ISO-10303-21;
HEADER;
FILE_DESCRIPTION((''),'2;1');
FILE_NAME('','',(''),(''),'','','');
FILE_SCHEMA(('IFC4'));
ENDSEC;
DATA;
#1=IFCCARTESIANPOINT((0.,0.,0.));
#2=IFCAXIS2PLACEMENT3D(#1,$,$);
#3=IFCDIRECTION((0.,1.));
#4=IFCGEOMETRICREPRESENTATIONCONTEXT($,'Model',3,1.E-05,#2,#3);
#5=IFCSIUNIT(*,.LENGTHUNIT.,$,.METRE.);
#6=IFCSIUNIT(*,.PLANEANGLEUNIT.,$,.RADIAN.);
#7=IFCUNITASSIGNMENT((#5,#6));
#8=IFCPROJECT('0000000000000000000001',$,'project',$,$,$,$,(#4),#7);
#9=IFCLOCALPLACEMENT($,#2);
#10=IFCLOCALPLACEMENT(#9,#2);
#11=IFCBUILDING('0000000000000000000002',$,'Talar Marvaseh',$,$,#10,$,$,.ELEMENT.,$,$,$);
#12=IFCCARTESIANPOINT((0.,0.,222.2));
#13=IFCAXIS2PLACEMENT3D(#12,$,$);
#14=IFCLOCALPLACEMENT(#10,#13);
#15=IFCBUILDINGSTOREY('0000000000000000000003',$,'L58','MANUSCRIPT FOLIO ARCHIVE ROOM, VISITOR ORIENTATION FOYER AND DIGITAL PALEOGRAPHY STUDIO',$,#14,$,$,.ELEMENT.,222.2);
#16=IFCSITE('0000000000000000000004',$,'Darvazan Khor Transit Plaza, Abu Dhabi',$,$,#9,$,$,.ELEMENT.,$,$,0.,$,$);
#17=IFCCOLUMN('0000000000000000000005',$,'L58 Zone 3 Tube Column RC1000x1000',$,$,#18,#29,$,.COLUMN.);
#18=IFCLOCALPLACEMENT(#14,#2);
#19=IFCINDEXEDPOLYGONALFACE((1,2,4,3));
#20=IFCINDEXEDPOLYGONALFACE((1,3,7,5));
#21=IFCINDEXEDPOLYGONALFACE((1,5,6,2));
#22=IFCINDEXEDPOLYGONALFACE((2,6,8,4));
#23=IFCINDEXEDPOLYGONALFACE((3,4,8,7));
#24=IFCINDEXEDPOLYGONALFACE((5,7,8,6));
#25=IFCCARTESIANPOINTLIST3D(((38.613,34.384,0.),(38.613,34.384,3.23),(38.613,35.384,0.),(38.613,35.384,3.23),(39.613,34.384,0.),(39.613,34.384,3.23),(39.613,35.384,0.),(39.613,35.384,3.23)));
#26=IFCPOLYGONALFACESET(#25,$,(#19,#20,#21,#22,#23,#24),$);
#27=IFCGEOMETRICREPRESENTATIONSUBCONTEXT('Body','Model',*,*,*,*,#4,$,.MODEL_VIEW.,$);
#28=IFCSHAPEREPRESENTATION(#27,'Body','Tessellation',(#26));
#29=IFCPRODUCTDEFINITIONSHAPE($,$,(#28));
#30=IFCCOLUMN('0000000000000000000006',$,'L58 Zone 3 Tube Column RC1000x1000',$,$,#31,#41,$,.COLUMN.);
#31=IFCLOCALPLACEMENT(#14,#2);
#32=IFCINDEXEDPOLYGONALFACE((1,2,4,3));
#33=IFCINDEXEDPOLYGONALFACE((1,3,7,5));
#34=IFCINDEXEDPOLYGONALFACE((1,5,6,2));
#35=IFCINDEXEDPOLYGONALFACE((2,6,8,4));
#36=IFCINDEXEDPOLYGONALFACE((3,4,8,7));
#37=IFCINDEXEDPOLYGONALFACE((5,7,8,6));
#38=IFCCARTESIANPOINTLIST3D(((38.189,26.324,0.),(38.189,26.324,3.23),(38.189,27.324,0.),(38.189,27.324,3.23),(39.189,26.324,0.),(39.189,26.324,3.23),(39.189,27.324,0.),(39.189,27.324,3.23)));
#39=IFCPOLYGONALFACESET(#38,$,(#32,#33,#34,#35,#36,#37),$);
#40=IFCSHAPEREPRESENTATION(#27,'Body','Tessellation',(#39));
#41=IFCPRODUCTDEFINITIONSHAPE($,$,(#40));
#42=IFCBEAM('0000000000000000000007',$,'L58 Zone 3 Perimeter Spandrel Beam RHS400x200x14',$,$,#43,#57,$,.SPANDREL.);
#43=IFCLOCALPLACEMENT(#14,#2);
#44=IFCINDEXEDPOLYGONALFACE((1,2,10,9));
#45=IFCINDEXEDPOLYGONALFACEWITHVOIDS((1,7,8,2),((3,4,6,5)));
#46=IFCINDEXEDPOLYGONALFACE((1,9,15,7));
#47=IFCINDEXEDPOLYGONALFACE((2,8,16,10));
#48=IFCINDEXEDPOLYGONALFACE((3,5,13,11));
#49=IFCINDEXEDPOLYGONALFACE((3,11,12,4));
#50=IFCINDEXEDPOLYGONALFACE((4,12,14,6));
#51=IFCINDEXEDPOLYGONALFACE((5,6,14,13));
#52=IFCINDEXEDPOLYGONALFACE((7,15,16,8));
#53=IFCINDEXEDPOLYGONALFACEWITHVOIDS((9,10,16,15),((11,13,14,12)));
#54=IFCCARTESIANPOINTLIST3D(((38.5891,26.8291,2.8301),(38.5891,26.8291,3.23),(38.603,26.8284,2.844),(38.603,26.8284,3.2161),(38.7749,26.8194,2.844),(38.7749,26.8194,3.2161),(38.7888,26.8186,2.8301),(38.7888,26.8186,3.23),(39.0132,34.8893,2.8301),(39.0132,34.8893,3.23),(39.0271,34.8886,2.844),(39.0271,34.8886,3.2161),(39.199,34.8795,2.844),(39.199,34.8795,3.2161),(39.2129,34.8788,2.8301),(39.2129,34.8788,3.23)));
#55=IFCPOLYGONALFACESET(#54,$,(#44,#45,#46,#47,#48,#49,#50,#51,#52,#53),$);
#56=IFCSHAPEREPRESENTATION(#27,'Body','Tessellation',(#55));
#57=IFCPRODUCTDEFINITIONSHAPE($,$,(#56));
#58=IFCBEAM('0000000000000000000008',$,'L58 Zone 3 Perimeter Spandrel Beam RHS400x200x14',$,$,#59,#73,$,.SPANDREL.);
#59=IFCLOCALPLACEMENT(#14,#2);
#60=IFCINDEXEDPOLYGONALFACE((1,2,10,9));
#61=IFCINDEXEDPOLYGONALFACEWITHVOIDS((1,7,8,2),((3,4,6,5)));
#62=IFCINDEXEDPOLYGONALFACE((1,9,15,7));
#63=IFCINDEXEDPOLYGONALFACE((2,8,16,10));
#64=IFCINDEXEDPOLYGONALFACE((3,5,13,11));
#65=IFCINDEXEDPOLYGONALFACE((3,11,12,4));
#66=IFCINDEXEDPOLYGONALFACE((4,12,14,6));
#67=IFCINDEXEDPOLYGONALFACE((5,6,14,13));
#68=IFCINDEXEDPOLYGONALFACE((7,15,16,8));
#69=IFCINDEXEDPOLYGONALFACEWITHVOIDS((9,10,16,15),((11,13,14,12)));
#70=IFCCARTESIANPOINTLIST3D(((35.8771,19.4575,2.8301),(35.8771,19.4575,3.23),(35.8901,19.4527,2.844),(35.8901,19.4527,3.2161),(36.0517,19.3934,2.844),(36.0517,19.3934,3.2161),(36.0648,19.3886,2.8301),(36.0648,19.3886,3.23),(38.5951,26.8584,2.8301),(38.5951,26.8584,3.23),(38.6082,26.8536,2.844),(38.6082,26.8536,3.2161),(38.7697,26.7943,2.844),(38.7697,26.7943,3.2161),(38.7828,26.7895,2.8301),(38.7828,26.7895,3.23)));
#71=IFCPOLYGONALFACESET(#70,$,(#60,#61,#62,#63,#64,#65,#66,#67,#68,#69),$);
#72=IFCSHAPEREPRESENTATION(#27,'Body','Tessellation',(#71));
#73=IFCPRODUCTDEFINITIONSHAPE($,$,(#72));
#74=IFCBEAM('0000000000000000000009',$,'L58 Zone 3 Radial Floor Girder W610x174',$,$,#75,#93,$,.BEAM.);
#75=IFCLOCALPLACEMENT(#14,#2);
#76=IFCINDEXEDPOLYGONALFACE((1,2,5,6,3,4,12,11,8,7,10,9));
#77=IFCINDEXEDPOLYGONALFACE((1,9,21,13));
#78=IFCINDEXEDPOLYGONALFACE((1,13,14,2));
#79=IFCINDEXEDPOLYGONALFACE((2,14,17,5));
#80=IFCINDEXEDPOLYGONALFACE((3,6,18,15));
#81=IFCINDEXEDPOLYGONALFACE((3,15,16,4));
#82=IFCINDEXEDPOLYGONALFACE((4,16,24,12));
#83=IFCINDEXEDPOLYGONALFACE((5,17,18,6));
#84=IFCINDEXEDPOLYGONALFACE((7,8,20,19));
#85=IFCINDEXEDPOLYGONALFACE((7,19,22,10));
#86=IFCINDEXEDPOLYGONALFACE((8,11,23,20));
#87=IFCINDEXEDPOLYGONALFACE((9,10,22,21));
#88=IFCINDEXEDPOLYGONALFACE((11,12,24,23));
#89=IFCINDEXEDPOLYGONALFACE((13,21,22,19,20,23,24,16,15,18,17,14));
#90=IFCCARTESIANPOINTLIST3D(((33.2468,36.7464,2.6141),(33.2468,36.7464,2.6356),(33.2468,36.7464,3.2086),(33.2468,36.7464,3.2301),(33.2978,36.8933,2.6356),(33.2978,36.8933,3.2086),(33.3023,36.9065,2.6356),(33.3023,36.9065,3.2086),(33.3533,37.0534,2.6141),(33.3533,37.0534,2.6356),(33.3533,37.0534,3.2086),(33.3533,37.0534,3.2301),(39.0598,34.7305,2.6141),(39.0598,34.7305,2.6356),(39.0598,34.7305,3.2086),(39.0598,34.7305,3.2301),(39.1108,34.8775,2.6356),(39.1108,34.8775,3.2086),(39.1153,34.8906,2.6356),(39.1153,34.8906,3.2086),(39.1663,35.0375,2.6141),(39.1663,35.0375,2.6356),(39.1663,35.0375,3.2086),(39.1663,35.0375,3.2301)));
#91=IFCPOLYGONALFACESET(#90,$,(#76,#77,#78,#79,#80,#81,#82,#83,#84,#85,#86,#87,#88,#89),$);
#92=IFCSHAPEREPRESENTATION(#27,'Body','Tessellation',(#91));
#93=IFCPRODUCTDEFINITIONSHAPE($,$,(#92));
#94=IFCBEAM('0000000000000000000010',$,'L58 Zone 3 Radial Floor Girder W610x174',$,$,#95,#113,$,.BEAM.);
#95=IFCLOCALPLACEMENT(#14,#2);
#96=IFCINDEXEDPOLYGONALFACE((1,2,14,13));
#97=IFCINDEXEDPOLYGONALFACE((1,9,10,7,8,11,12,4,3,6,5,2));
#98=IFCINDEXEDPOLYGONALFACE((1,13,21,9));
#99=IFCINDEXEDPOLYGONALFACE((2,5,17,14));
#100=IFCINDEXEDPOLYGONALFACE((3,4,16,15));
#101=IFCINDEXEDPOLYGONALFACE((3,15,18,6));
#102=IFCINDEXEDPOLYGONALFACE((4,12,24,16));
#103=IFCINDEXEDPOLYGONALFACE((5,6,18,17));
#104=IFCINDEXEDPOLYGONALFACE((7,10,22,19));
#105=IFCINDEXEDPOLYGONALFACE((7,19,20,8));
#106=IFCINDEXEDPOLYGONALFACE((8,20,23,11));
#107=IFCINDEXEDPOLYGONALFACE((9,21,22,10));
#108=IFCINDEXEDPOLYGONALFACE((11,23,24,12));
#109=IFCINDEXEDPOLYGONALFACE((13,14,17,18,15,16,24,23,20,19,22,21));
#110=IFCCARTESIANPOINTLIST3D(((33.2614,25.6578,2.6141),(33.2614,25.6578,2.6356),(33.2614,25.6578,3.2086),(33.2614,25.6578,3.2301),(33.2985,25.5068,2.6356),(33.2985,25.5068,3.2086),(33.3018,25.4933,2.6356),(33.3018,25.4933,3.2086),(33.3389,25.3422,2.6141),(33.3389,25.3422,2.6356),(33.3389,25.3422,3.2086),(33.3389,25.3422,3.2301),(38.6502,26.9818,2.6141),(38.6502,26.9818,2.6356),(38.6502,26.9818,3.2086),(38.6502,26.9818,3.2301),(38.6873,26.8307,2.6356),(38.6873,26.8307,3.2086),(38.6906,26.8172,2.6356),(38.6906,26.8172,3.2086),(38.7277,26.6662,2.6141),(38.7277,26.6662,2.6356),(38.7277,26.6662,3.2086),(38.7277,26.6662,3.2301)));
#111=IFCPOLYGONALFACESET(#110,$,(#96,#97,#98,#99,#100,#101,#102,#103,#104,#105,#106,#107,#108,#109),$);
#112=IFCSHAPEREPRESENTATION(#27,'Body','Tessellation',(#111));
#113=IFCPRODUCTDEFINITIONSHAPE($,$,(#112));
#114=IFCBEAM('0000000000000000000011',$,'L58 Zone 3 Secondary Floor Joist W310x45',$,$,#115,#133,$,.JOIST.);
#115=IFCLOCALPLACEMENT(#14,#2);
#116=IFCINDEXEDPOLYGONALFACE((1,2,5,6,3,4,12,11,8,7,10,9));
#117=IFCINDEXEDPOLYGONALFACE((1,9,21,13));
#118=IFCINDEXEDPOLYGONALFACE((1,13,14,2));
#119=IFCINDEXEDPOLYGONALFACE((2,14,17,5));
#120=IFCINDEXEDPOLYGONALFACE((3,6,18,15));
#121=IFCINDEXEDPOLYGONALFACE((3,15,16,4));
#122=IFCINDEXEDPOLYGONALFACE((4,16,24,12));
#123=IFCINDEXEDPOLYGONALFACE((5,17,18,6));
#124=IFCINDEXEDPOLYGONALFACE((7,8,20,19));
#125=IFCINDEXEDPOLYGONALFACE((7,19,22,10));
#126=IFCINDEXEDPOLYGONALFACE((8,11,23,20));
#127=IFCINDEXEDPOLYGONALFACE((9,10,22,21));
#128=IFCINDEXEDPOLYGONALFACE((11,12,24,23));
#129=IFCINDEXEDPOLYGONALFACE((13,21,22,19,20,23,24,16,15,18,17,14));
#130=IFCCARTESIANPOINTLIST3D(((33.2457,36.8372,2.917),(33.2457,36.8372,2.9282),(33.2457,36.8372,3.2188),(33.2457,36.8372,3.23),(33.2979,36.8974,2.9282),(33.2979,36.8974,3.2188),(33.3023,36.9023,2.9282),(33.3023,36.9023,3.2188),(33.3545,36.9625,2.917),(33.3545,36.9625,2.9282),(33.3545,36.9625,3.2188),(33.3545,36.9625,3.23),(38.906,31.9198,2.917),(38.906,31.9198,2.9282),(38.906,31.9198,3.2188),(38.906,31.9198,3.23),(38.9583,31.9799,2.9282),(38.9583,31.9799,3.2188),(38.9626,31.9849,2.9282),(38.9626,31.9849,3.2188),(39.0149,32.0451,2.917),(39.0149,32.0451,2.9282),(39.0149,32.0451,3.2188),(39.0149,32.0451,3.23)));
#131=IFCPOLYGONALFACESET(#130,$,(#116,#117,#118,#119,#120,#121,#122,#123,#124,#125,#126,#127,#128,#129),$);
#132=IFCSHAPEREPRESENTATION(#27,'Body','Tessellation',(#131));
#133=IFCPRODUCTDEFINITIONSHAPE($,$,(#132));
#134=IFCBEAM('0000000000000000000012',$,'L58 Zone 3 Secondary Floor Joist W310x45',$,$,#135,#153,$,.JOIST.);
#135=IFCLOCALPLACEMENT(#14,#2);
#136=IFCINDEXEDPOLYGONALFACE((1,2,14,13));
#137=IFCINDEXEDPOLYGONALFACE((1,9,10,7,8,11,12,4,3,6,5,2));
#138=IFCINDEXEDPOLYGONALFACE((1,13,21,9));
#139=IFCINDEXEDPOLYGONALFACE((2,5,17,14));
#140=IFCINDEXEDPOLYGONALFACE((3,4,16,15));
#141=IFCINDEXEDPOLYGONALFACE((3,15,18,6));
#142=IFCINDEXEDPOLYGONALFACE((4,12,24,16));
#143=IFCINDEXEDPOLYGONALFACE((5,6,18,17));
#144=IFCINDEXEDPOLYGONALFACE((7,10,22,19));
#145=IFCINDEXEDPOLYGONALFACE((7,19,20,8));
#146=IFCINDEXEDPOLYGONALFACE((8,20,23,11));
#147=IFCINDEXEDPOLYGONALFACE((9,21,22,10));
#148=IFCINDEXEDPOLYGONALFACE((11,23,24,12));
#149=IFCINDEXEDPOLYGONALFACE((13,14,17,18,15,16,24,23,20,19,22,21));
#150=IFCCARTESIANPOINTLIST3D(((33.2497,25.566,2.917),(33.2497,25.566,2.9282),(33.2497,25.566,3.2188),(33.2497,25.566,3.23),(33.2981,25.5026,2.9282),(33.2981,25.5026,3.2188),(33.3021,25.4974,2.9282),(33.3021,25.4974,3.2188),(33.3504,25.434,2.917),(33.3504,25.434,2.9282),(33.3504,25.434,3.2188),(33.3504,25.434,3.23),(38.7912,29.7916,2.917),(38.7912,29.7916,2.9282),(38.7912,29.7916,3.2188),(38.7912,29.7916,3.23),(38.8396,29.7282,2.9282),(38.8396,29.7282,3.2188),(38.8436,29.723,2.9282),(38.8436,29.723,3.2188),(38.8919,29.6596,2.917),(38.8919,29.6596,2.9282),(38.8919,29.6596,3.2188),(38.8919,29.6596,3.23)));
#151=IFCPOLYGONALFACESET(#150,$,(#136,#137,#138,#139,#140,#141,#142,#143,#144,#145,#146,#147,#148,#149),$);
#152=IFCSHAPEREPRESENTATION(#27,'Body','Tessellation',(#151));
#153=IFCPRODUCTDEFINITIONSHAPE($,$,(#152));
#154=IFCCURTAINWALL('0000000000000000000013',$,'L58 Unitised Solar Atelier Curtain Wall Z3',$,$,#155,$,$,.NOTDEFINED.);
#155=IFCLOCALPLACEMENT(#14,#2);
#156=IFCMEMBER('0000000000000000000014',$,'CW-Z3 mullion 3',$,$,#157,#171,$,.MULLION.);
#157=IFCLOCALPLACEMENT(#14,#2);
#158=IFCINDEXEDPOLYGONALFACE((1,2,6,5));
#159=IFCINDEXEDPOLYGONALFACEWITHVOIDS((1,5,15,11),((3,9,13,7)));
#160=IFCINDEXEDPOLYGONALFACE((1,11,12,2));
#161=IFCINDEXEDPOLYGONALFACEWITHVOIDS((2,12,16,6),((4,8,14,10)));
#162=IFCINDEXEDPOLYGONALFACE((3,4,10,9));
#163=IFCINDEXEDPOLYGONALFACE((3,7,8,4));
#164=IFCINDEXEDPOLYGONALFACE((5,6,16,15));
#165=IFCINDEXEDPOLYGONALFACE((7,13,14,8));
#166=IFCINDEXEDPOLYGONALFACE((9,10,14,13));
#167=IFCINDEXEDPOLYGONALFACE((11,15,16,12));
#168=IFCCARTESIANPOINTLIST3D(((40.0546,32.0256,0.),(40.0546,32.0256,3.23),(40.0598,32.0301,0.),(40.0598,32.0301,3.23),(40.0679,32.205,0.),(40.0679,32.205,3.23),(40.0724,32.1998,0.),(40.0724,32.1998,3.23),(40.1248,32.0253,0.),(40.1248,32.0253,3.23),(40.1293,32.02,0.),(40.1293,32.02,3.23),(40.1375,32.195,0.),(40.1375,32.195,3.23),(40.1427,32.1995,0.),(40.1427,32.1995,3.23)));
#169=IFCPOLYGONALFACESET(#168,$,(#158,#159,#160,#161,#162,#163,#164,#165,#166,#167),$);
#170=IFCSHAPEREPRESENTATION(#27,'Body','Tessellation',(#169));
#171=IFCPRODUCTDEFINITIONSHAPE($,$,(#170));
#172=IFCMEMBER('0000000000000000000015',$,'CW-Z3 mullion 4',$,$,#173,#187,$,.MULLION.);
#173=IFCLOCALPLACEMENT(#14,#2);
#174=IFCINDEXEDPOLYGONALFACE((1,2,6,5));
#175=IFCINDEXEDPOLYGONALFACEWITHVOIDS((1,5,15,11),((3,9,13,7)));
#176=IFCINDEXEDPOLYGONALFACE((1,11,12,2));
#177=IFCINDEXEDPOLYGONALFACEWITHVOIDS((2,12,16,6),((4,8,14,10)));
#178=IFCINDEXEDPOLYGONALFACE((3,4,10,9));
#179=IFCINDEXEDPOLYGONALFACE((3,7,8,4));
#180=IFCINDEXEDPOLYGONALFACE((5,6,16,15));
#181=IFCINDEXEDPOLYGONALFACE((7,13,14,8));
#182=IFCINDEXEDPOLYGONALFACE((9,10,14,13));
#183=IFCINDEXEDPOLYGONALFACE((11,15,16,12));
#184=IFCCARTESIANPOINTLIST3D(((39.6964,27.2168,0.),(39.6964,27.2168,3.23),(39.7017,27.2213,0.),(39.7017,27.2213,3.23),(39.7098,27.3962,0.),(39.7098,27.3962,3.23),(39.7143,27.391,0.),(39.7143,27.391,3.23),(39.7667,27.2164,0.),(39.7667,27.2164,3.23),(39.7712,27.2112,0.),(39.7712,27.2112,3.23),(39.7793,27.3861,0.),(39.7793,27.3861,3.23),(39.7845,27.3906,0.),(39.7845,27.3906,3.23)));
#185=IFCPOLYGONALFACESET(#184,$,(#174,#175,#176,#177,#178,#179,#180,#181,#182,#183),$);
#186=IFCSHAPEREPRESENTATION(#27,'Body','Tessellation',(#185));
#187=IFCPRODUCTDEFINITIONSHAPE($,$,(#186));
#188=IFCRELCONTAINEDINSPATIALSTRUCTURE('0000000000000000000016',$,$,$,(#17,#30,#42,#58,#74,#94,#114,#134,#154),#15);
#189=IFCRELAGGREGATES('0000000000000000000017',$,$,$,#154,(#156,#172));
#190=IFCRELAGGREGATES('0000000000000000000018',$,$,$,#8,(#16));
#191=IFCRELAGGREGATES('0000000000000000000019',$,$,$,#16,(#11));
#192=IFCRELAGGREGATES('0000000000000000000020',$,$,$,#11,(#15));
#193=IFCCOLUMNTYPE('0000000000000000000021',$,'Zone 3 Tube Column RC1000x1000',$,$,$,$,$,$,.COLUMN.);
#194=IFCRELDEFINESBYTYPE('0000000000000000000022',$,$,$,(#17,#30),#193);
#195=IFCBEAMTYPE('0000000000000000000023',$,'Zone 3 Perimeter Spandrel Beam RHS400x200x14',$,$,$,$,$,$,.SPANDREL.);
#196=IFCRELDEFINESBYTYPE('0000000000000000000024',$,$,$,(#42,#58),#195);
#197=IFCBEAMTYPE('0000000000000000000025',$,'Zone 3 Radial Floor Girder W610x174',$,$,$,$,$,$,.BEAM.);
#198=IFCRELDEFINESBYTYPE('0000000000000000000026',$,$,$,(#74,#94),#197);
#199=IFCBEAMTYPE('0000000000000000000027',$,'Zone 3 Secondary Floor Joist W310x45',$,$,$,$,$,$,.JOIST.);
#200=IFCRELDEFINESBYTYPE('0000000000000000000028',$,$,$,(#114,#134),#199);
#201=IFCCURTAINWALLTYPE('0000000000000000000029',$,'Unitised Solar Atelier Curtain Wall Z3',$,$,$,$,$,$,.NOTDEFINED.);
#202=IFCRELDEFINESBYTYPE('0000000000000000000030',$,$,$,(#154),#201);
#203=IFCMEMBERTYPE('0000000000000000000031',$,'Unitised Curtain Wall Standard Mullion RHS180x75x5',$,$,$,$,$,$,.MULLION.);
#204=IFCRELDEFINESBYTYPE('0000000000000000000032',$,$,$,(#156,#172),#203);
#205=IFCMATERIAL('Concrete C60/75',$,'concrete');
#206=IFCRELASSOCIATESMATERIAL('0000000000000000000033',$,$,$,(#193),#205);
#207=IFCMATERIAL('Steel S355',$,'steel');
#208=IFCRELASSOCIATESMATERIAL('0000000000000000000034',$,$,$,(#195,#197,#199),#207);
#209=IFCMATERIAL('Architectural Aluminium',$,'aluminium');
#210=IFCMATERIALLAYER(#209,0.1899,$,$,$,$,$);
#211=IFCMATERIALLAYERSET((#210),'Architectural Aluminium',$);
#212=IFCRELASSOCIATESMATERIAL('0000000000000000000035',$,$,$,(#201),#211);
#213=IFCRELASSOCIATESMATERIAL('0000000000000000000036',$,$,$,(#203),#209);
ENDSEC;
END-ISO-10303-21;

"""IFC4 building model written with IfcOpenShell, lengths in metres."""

from ifc_helpers import new_model, si_unit, direction, frame, origin, origin_2d, place, context, subcontext, project, spatial, rectangle, hollow_rectangle, i_section, extrude, source, transform, mapped, material, layer, layer_set, material_profile, profile_set, type_object, type_shapes, element, aggregate, save


model = new_model("IFC4")

# Units and contexts
model_context = context("Model", 3, precision=1e-05, world=origin(), true_north=direction((0.0, 1.0)))
body_context = subcontext(model_context, "Body", "Model", "MODEL_VIEW")
ifc_project = project(units=[si_unit("LENGTHUNIT", "METRE"), si_unit("PLANEANGLEUNIT", "RADIAN")], contexts=[model_context])

# Site, building, storey
site_placement = place(None, origin())
site = spatial("IfcSite", under=ifc_project, at=site_placement, Name="Darvazan Khor Transit Plaza, Abu Dhabi", CompositionType="ELEMENT", RefElevation=0.0)
building_placement = place(site_placement, origin())
building = spatial("IfcBuilding", under=site, at=building_placement, Name="Talar Marvaseh", CompositionType="ELEMENT")
storey_placement = place(building_placement, frame((0.0, 0.0, 222.2)))
storey = spatial("IfcBuildingStorey", under=building, at=storey_placement, Name="L58", Description="MANUSCRIPT FOLIO ARCHIVE ROOM, VISITOR ORIENTATION FOYER AND DIGITAL PALEOGRAPHY STUDIO", CompositionType="ELEMENT", Elevation=222.2)

# Columns
ifc_material_1 = material(Name="Concrete C60/75", Category="concrete")
ifc_material_profile_1 = material_profile(ifc_material_1, rectangle(XDim=1.0, YDim=1.0, at=origin_2d()), Name="RC1000x1000")
ifc_profile_set_1 = profile_set([ifc_material_profile_1], Name="Concrete C60/75")
column_type = type_object("IfcColumnType", Name="Zone 3 Tube Column RC1000x1000", PredefinedType="COLUMN", material=ifc_profile_set_1)
for number, where, z_axis, x_axis, name in (
    (1, (39.113, 34.884, 0.0), (0.0, 0.0, 1.0), (1.0, 0.0, 0.0), "L58 Zone 3 Tube Column RC1000x1000"),
    (2, (38.689, 26.824, 0.0), (0.0, 0.0, 1.0), (1.0, 0.0, 0.0), "L58 Zone 3 Tube Column RC1000x1000"),
):
    element("IfcColumn", number, at=place(storey_placement, frame(where, z_axis=z_axis, x_axis=x_axis)), inside=storey, type_object=column_type, Name=name, PredefinedType="COLUMN", context=body_context, shape_type="SweptSolid", body=[
        extrude(rectangle(XDim=1.0, YDim=1.0, at=origin_2d()), origin(), (0.0, 0.0, 1.0), 3.23),
    ])

# Beams
ifc_material_2 = material(Name="Steel S355", Category="steel")
ifc_material_profile_2 = material_profile(ifc_material_2, hollow_rectangle(XDim=0.2, YDim=0.3999, WallThickness=0.0139, at=origin_2d()), Name="RHS400x200x14")
ifc_profile_set_2 = profile_set([ifc_material_profile_2], Name="Steel S355")
beam_type_1 = type_object("IfcBeamType", Name="Zone 3 Perimeter Spandrel Beam RHS400x200x14", PredefinedType="SPANDREL", material=ifc_profile_set_2)
beam_1_placement = place(storey_placement, frame((39.113, 34.884, 3.03), z_axis=(-0.052541, -0.998619, 0.0), x_axis=(0.998619, -0.052541, 0.0)))
element("IfcBeam", 3, at=beam_1_placement, inside=storey, type_object=beam_type_1, Name="L58 Zone 3 Perimeter Spandrel Beam RHS400x200x14", PredefinedType="SPANDREL", context=body_context, shape_type="SweptSolid", body=[
    extrude(hollow_rectangle(XDim=0.2, YDim=0.3999, WallThickness=0.0139, at=origin_2d()), origin(), (0.0, 0.0, 1.0), 8.0713),
])
beam_2_placement = place(storey_placement, frame((38.689, 26.824, 3.03), z_axis=(-0.344742, -0.938697, 0.0), x_axis=(0.938697, -0.344742, 0.0)))
element("IfcBeam", 4, at=beam_2_placement, inside=storey, type_object=beam_type_1, Name="L58 Zone 3 Perimeter Spandrel Beam RHS400x200x14", PredefinedType="SPANDREL", context=body_context, shape_type="SweptSolid", body=[
    extrude(hollow_rectangle(XDim=0.2, YDim=0.3999, WallThickness=0.0139, at=origin_2d()), origin(), (0.0, 0.0, 1.0), 7.8843),
])
ifc_material_profile_3 = material_profile(ifc_material_2, i_section(OverallWidth=0.325, OverallDepth=0.616, WebThickness=0.0139, FlangeThickness=0.0215, at=origin_2d()), Name="W610x174")
ifc_profile_set_3 = profile_set([ifc_material_profile_3], Name="Steel S355")
beam_type_2 = type_object("IfcBeamType", Name="Zone 3 Radial Floor Girder W610x174", PredefinedType="BEAM", material=ifc_profile_set_3)
beam_3_placement = place(storey_placement, frame((39.113, 34.884, 2.9221), z_axis=(-0.944801, 0.327645, 0.0), x_axis=(-0.327645, -0.944801, 0.0)))
element("IfcBeam", 5, at=beam_3_placement, inside=storey, type_object=beam_type_2, Name="L58 Zone 3 Radial Floor Girder W610x174", PredefinedType="BEAM", context=body_context, shape_type="SweptSolid", body=[
    extrude(i_section(OverallWidth=0.325, OverallDepth=0.616, WebThickness=0.0139, FlangeThickness=0.0215, at=origin_2d()), origin(), (0.0, 0.0, 1.0), 6.1526),
])
beam_4_placement = place(storey_placement, frame((38.689, 26.824, 2.9221), z_axis=(-0.971121, -0.23859, 0.0), x_axis=(0.23859, -0.971121, 0.0)))
element("IfcBeam", 6, at=beam_4_placement, inside=storey, type_object=beam_type_2, Name="L58 Zone 3 Radial Floor Girder W610x174", PredefinedType="BEAM", context=body_context, shape_type="SweptSolid", body=[
    extrude(i_section(OverallWidth=0.325, OverallDepth=0.616, WebThickness=0.0139, FlangeThickness=0.0215, at=origin_2d()), origin(), (0.0, 0.0, 1.0), 5.5491),
])
ifc_material_profile_4 = material_profile(ifc_material_2, i_section(OverallWidth=0.166, OverallDepth=0.313, WebThickness=0.0066, FlangeThickness=0.0112, at=origin_2d()), Name="W310x45")
ifc_profile_set_4 = profile_set([ifc_material_profile_4], Name="Steel S355")
beam_type_3 = type_object("IfcBeamType", Name="Zone 3 Secondary Floor Joist W310x45", PredefinedType="JOIST", material=ifc_profile_set_4)
beam_5_placement = place(storey_placement, frame((38.9604, 31.9824, 3.0735), z_axis=(-0.75491, 0.655829, 0.0), x_axis=(-0.655829, -0.75491, 0.0)))
element("IfcBeam", 7, at=beam_5_placement, inside=storey, type_object=beam_type_3, Name="L58 Zone 3 Secondary Floor Joist W310x45", PredefinedType="JOIST", context=body_context, shape_type="SweptSolid", body=[
    extrude(i_section(OverallWidth=0.166, OverallDepth=0.313, WebThickness=0.0066, FlangeThickness=0.0112, at=origin_2d()), origin(), (0.0, 0.0, 1.0), 7.498),
])
beam_6_placement = place(storey_placement, frame((38.8416, 29.7256, 3.0735), z_axis=(-0.79519, -0.60636, 0.0), x_axis=(0.60636, -0.79519, 0.0)))
element("IfcBeam", 8, at=beam_6_placement, inside=storey, type_object=beam_type_3, Name="L58 Zone 3 Secondary Floor Joist W310x45", PredefinedType="JOIST", context=body_context, shape_type="SweptSolid", body=[
    extrude(i_section(OverallWidth=0.166, OverallDepth=0.313, WebThickness=0.0066, FlangeThickness=0.0112, at=origin_2d()), origin(), (0.0, 0.0, 1.0), 6.9688),
])

# Curtain wall, members
ifc_material_3 = material(Name="Architectural Aluminium", Category="aluminium")
ifc_layer_1 = layer(ifc_material_3, 0.1899)
ifc_layer_set_1 = layer_set([ifc_layer_1], Name="Architectural Aluminium")
curtain_wall_type = type_object("IfcCurtainWallType", Name="Unitised Solar Atelier Curtain Wall Z3", PredefinedType="NOTDEFINED", material=ifc_layer_set_1)
curtain_wall_placement = place(storey_placement, origin())
curtain_wall = element("IfcCurtainWall", 9, at=curtain_wall_placement, inside=storey, type_object=curtain_wall_type, Name="L58 Unitised Solar Atelier Curtain Wall Z3", PredefinedType="NOTDEFINED")
ifc_material_profile_5 = material_profile(ifc_material_3, hollow_rectangle(XDim=0.075, YDim=0.1799, WallThickness=0.0049, at=origin_2d()), Name="RHS180x75x5")
ifc_profile_set_5 = profile_set([ifc_material_profile_5], Name="Architectural Aluminium")
member_type_1 = type_object("IfcMemberType", Name="Unitised Curtain Wall Standard Mullion RHS180x75x5", PredefinedType="MULLION", material=ifc_profile_set_5)
shared_shape_1 = source(origin(), body_context, "Body", "SweptSolid", [
    extrude(hollow_rectangle(XDim=0.075, YDim=0.1799, WallThickness=0.0049, at=origin_2d()), origin(), (0.0, 0.0, 1.0), 3.23),
])
type_shapes(member_type_1, [shared_shape_1])
member_1_placement = place(storey_placement, frame((40.0986, 32.1125, 0.0), z_axis=(0.0, 0.0, 1.0), x_axis=(0.997239, -0.074263, 0.0)))
member_1 = element("IfcMember", 10, at=member_1_placement, type_object=member_type_1, Name="CW-Z3 mullion 3", PredefinedType="MULLION", context=body_context, shape_type="MappedRepresentation", body=[
    mapped(shared_shape_1, transform((0.0, 0.0, 0.0), x_axis=(1.0, 0.0, 0.0), y_axis=(0.0, 1.0, 0.0), z_axis=(0.0, 0.0, 1.0), scale=1.0)),
])
member_2_placement = place(storey_placement, frame((39.7405, 27.3037, 0.0), z_axis=(0.0, 0.0, 1.0), x_axis=(0.997239, -0.074263, 0.0)))
member_2 = element("IfcMember", 11, at=member_2_placement, type_object=member_type_1, Name="CW-Z3 mullion 4", PredefinedType="MULLION", context=body_context, shape_type="MappedRepresentation", body=[
    mapped(shared_shape_1, transform((0.0, 0.0, 0.0), x_axis=(1.0, 0.0, 0.0), y_axis=(0.0, 1.0, 0.0), z_axis=(0.0, 0.0, 1.0), scale=1.0)),
])
aggregate(curtain_wall, [member_1, member_2])

save(model, "model.ifc")
